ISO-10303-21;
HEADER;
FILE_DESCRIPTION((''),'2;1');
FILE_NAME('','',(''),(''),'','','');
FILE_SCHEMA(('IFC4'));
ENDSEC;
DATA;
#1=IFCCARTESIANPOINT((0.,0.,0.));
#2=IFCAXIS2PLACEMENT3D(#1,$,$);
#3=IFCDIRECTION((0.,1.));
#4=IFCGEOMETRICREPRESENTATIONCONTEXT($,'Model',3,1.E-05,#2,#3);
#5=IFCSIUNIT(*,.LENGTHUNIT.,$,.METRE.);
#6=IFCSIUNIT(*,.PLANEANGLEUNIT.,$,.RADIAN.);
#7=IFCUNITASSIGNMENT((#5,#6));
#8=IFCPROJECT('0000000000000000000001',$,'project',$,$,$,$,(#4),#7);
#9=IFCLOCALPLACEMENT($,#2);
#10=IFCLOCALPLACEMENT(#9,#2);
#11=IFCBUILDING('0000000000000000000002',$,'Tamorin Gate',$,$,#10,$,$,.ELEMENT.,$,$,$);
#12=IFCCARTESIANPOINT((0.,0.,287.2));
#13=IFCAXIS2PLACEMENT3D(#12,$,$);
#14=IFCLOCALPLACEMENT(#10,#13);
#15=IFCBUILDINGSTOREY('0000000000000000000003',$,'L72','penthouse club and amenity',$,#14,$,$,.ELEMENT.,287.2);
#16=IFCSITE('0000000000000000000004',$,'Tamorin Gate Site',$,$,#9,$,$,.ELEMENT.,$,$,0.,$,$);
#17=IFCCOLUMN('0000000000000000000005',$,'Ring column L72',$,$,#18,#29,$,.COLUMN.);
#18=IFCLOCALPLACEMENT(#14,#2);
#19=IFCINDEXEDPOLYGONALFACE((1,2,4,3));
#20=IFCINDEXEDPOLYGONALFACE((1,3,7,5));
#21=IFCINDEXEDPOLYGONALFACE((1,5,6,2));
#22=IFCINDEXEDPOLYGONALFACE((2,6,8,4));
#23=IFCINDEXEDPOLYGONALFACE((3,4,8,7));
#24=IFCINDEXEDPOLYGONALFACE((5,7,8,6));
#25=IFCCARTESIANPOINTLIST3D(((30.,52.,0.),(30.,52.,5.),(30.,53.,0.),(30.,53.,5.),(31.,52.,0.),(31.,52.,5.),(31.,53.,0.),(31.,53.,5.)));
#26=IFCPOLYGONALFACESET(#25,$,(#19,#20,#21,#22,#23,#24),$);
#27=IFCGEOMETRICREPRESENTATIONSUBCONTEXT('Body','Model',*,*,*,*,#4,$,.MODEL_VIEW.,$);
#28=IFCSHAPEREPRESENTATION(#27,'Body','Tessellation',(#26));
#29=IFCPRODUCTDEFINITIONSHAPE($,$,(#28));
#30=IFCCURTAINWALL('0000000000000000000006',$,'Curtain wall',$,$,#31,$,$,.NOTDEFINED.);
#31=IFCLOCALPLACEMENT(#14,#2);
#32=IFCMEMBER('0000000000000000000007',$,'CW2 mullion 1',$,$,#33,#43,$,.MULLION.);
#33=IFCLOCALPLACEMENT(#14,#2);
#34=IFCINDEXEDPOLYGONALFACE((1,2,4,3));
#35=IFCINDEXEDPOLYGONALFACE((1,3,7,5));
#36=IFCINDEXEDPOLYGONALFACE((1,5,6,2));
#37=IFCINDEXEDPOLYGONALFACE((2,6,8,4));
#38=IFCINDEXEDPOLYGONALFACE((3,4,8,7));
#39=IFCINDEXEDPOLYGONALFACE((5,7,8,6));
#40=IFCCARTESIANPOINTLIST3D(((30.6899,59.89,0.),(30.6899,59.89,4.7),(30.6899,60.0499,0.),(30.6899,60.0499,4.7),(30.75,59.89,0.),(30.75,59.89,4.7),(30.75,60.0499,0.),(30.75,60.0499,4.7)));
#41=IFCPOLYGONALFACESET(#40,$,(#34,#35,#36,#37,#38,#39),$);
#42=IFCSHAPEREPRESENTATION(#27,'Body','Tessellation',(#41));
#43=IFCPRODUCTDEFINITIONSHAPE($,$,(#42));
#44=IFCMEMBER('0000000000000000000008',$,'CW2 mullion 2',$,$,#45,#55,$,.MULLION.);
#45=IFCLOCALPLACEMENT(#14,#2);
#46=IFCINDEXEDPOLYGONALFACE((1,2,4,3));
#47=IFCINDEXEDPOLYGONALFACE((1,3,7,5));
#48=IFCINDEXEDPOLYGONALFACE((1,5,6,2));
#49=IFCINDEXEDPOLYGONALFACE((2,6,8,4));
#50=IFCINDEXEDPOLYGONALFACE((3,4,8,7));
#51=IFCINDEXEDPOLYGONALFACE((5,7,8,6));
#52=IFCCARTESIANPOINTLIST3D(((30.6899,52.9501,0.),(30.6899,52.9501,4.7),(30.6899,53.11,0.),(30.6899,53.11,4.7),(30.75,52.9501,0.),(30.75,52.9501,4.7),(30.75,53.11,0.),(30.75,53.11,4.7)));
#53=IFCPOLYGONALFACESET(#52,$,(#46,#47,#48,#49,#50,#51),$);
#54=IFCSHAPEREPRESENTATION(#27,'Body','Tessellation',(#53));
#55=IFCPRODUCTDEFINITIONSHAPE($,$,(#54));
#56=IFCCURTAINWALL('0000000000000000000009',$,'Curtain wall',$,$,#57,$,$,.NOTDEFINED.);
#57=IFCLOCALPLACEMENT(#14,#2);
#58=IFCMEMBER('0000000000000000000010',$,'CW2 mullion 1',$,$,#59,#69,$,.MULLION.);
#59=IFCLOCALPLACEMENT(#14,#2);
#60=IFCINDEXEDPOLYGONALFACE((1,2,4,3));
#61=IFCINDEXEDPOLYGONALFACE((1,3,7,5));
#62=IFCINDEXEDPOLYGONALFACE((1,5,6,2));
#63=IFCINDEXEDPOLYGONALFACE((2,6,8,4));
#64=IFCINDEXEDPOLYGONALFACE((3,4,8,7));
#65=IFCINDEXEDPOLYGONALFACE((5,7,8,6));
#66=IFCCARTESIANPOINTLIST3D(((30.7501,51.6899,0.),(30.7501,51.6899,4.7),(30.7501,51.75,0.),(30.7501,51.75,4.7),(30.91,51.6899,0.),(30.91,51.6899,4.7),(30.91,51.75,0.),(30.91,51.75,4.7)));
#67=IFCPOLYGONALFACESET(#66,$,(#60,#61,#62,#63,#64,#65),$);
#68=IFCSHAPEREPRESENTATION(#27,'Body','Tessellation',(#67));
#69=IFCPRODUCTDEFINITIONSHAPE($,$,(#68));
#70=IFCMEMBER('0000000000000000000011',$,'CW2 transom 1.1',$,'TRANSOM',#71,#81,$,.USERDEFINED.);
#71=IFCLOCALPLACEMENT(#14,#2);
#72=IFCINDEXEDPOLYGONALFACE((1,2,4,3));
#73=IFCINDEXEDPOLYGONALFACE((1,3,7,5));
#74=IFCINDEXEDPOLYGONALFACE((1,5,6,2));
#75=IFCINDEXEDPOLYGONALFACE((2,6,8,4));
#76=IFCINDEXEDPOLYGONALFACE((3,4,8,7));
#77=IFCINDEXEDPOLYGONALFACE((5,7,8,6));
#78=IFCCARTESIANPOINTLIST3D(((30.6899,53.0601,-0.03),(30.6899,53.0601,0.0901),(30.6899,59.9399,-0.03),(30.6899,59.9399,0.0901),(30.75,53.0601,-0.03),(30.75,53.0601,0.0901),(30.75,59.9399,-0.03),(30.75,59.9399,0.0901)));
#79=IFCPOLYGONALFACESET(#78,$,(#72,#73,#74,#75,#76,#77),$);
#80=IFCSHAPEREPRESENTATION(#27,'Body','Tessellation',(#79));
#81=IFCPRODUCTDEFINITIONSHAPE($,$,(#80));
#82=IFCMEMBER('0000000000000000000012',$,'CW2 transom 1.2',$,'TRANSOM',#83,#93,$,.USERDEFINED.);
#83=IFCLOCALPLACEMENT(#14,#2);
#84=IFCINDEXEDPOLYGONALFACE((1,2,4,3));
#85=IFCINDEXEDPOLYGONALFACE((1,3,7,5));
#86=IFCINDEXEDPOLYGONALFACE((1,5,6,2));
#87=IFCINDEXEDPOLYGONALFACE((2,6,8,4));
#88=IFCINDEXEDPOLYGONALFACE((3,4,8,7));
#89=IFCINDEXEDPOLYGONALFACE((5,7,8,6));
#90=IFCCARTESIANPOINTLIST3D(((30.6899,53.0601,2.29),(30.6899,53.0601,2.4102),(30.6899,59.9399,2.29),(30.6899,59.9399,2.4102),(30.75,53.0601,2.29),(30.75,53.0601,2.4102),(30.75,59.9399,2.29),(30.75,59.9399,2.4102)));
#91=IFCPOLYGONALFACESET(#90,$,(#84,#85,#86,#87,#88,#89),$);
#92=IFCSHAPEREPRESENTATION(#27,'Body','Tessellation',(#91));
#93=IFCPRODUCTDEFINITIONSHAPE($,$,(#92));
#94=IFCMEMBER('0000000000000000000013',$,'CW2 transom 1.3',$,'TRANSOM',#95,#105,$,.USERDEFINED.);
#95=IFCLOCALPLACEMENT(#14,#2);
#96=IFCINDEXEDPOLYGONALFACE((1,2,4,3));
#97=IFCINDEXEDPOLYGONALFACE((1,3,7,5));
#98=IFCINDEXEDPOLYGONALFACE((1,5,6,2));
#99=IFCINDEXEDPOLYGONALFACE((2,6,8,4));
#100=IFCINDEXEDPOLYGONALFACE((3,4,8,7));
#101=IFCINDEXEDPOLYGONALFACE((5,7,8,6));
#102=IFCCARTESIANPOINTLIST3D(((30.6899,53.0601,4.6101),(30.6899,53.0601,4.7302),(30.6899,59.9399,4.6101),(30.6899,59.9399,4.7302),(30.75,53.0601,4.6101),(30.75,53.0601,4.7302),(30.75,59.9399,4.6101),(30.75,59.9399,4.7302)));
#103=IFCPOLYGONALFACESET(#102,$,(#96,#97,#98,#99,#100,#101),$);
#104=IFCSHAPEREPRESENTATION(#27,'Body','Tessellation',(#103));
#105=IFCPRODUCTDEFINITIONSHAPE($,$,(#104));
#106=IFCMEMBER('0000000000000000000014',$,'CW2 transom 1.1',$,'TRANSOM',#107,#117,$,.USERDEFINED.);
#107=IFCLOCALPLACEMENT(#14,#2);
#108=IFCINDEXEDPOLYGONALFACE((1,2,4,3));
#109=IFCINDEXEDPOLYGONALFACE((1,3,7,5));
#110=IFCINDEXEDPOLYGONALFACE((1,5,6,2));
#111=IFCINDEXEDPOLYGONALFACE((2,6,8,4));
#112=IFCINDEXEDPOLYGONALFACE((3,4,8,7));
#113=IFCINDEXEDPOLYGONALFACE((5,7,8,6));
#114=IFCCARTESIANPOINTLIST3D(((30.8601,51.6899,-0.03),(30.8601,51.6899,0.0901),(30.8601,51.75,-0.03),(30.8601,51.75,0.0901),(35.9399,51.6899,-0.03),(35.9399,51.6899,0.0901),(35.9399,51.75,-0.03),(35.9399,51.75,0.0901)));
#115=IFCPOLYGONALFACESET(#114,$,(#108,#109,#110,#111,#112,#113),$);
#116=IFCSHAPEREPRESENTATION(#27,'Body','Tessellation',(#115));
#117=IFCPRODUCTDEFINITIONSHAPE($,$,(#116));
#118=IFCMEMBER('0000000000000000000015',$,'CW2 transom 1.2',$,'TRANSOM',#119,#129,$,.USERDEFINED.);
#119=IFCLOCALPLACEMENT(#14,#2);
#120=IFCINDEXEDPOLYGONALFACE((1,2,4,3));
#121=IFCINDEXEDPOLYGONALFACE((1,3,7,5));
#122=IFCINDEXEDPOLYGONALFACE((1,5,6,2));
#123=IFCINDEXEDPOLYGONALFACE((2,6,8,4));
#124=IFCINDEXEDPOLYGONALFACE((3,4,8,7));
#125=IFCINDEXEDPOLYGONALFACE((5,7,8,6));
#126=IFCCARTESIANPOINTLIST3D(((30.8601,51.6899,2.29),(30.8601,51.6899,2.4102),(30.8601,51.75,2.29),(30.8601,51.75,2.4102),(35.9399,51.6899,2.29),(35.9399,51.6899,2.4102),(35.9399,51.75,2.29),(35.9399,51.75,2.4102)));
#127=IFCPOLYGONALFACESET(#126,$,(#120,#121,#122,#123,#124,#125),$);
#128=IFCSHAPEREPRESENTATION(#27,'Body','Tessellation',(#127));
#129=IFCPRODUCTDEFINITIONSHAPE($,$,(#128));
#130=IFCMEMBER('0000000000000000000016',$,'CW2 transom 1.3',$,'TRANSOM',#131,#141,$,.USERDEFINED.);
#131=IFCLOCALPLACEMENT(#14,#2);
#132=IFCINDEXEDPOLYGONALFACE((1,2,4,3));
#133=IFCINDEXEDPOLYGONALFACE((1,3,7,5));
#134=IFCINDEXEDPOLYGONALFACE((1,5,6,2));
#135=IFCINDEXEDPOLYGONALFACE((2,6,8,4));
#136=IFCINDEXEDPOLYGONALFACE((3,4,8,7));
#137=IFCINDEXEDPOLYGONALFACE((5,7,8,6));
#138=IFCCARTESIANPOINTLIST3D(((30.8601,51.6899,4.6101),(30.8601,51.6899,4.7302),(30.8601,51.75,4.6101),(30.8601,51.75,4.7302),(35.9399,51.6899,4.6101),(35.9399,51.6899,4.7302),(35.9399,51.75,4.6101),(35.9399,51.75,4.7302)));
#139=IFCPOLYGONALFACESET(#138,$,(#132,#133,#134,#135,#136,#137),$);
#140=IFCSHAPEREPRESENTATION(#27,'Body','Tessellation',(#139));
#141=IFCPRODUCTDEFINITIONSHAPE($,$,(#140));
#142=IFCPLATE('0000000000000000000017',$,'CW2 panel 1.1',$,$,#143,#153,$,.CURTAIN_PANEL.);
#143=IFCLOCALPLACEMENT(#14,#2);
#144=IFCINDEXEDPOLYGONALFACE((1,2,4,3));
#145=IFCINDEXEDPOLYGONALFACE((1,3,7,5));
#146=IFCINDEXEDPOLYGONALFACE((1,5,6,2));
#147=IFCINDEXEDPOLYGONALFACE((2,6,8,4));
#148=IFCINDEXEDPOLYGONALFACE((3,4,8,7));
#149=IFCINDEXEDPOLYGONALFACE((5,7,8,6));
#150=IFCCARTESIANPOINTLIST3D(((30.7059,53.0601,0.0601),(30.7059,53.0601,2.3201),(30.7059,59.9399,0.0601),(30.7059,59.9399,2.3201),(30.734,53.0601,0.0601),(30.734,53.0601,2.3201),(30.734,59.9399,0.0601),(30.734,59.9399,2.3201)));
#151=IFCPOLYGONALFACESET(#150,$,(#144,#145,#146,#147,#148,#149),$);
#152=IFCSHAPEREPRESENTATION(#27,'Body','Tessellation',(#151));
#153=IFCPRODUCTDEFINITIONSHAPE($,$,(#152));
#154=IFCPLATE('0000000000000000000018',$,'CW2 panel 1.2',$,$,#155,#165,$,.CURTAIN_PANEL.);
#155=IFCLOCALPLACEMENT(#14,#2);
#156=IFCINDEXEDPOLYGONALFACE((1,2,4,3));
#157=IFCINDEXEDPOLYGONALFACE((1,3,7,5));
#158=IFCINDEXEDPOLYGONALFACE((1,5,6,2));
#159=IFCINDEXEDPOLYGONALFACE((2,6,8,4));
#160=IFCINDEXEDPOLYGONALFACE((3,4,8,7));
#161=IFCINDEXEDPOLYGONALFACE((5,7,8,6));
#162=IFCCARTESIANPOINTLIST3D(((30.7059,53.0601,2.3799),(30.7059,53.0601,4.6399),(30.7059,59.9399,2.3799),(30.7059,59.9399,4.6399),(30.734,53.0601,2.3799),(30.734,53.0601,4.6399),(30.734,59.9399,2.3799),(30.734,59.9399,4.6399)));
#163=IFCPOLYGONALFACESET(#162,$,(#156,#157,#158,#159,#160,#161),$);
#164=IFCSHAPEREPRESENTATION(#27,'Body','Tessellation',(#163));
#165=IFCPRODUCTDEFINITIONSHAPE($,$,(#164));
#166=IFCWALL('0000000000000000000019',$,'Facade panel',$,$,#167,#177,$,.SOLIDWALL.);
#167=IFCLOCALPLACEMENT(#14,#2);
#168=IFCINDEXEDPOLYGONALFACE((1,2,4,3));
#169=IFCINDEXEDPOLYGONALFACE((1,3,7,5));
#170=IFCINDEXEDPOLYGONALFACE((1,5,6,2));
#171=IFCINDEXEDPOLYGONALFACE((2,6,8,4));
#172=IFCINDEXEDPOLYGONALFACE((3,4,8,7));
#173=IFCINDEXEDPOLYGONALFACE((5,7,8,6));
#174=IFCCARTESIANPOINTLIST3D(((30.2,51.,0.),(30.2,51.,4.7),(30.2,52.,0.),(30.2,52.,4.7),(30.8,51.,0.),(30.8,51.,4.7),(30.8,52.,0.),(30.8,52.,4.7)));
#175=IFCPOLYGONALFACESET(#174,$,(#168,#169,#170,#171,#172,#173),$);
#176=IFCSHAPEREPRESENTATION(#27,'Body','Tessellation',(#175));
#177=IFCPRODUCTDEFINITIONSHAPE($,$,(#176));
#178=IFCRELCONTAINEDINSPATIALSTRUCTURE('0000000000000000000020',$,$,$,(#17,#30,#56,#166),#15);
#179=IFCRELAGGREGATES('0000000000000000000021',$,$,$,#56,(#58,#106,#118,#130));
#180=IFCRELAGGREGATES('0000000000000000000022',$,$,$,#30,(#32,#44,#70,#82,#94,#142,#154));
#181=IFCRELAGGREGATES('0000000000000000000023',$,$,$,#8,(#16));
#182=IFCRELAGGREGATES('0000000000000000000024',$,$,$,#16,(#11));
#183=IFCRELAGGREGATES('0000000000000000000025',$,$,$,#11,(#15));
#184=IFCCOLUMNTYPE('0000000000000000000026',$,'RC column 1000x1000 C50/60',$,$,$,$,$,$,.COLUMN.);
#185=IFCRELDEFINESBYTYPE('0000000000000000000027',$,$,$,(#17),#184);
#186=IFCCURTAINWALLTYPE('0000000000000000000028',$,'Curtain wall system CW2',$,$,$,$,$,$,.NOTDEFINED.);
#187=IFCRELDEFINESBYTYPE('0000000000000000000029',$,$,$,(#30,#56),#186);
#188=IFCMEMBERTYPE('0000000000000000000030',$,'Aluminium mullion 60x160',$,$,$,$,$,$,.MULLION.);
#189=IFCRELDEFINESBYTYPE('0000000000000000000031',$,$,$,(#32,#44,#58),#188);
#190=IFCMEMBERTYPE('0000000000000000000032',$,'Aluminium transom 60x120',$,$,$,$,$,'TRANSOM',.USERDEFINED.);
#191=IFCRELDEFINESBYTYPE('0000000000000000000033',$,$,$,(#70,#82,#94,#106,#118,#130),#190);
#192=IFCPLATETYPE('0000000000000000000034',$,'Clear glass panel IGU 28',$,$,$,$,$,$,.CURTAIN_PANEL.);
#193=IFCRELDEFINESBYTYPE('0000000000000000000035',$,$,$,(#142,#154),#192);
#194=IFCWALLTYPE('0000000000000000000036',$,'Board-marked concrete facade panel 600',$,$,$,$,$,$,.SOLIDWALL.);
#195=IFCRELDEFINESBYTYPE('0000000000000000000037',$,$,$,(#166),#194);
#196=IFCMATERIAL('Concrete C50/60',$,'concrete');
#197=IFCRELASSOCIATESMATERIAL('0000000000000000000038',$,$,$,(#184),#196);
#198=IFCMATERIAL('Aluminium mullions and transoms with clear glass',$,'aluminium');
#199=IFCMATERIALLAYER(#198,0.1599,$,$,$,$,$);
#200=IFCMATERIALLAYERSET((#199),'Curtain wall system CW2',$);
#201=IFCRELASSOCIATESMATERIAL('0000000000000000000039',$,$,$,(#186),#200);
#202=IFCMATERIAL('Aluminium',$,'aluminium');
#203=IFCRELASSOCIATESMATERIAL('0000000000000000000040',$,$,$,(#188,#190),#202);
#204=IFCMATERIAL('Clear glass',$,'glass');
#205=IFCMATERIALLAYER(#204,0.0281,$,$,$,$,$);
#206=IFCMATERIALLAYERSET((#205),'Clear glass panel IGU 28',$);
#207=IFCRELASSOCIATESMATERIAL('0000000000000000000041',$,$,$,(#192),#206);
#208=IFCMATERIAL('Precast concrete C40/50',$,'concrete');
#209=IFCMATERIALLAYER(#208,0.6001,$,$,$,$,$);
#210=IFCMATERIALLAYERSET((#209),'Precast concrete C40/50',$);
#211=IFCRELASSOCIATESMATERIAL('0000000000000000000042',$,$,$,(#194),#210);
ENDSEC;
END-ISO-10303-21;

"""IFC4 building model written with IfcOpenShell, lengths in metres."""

from ifc_helpers import new_model, si_unit, direction, frame, frame_2d, origin, origin_2d, place, context, subcontext, project, spatial, rectangle, extrude, material, layer, layer_set, material_profile, profile_set, type_object, element, aggregate, save


model = new_model("IFC4")

# Units and contexts
model_context = context("Model", 3, precision=1e-05, world=origin(), true_north=direction((0.0, 1.0)))
body_context = subcontext(model_context, "Body", "Model", "MODEL_VIEW")
ifc_project = project(units=[si_unit("LENGTHUNIT", "METRE"), si_unit("PLANEANGLEUNIT", "RADIAN")], contexts=[model_context])

# Site, building, storey
site_placement = place(None, origin())
site = spatial("IfcSite", under=ifc_project, at=site_placement, Name="Tamorin Gate Site", CompositionType="ELEMENT", RefElevation=0.0)
building_placement = place(site_placement, origin())
building = spatial("IfcBuilding", under=site, at=building_placement, Name="Tamorin Gate", CompositionType="ELEMENT")
storey_placement = place(building_placement, frame((0.0, 0.0, 287.2)))
storey = spatial("IfcBuildingStorey", under=building, at=storey_placement, Name="L72", Description="penthouse club and amenity", CompositionType="ELEMENT", Elevation=287.2)

# Column
ifc_material_1 = material(Name="Concrete C50/60", Category="concrete")
ifc_material_profile_1 = material_profile(ifc_material_1, rectangle(XDim=1.0, YDim=1.0, at=origin_2d()), Name="RC 1000x1000")
ifc_profile_set_1 = profile_set([ifc_material_profile_1], Name="Concrete C50/60")
column_type = type_object("IfcColumnType", Name="RC column 1000x1000 C50/60", PredefinedType="COLUMN", material=ifc_profile_set_1)
column_placement = place(storey_placement, frame((30.5, 52.5, 0.0), z_axis=(0.0, 0.0, 1.0), x_axis=(1.0, 0.0, 0.0)))
element("IfcColumn", 1, at=column_placement, inside=storey, type_object=column_type, Name="Ring column L72", PredefinedType="COLUMN", context=body_context, shape_type="SweptSolid", body=[
    extrude(rectangle(XDim=1.0, YDim=1.0, at=origin_2d()), origin(), (0.0, 0.0, 1.0), 5.0),
])

# Curtain wall, members
ifc_material_2 = material(Name="Aluminium mullions and transoms with clear glass", Category="aluminium")
ifc_layer_1 = layer(ifc_material_2, 0.1599)
ifc_layer_set_1 = layer_set([ifc_layer_1], Name="Curtain wall system CW2")
curtain_wall_type = type_object("IfcCurtainWallType", Name="Curtain wall system CW2", PredefinedType="NOTDEFINED", material=ifc_layer_set_1)
curtain_wall_1_placement = place(storey_placement, origin())
curtain_wall_1 = element("IfcCurtainWall", 2, at=curtain_wall_1_placement, inside=storey, type_object=curtain_wall_type, Name="Curtain wall", PredefinedType="NOTDEFINED")
ifc_material_3 = material(Name="Aluminium", Category="aluminium")
ifc_material_profile_2 = material_profile(ifc_material_3, rectangle(XDim=0.0601, YDim=0.1599, at=origin_2d()), Name="RECT 60x160")
ifc_profile_set_2 = profile_set([ifc_material_profile_2], Name="Aluminium")
member_type_1 = type_object("IfcMemberType", Name="Aluminium mullion 60x160", PredefinedType="MULLION", material=ifc_profile_set_2)
member_1_placement = place(storey_placement, frame((30.72, 59.97, 0.0), z_axis=(0.0, 0.0, 1.0), x_axis=(1.0, 0.0, 0.0)))
member_1 = element("IfcMember", 3, at=member_1_placement, type_object=member_type_1, Name="CW2 mullion 1", PredefinedType="MULLION", context=body_context, shape_type="SweptSolid", body=[
    extrude(rectangle(XDim=0.0601, YDim=0.1599, at=origin_2d()), origin(), (0.0, 0.0, 1.0), 4.7),
])
member_2_placement = place(storey_placement, frame((30.72, 53.03, 0.0), z_axis=(0.0, 0.0, 1.0), x_axis=(1.0, 0.0, 0.0)))
member_2 = element("IfcMember", 4, at=member_2_placement, type_object=member_type_1, Name="CW2 mullion 2", PredefinedType="MULLION", context=body_context, shape_type="SweptSolid", body=[
    extrude(rectangle(XDim=0.0601, YDim=0.1599, at=origin_2d()), origin(), (0.0, 0.0, 1.0), 4.7),
])

# Curtain wall, member
curtain_wall_2_placement = place(storey_placement, origin())
curtain_wall_2 = element("IfcCurtainWall", 5, at=curtain_wall_2_placement, inside=storey, type_object=curtain_wall_type, Name="Curtain wall", PredefinedType="NOTDEFINED")
member_3_placement = place(storey_placement, frame((30.8301, 51.72, 0.0), z_axis=(0.0, 0.0, 1.0), x_axis=(0.0, 1.0, 0.0)))
member_3 = element("IfcMember", 6, at=member_3_placement, type_object=member_type_1, Name="CW2 mullion 1", PredefinedType="MULLION", context=body_context, shape_type="SweptSolid", body=[
    extrude(rectangle(XDim=0.0601, YDim=0.1599, at=origin_2d()), origin(), (0.0, 0.0, 1.0), 4.7),
])

# Members
ifc_material_profile_3 = material_profile(ifc_material_3, rectangle(XDim=0.0601, YDim=0.1201, at=origin_2d()), Name="RECT 60x120")
ifc_profile_set_3 = profile_set([ifc_material_profile_3], Name="Aluminium")
member_type_2 = type_object("IfcMemberType", Name="Aluminium transom 60x120", ElementType="TRANSOM", PredefinedType="USERDEFINED", material=ifc_profile_set_3)
member_4_placement = place(storey_placement, frame((30.72, 59.9399, 0.03), z_axis=(0.0, -1.0, 0.0), x_axis=(1.0, 0.0, 0.0)))
member_4 = element("IfcMember", 7, at=member_4_placement, type_object=member_type_2, Name="CW2 transom 1.1", ObjectType="TRANSOM", PredefinedType="USERDEFINED", context=body_context, shape_type="SweptSolid", body=[
    extrude(rectangle(XDim=0.0601, YDim=0.1201, at=origin_2d()), origin(), (0.0, 0.0, 1.0), 6.8799),
])
member_5_placement = place(storey_placement, frame((30.72, 59.9399, 2.3501), z_axis=(0.0, -1.0, 0.0), x_axis=(1.0, 0.0, 0.0)))
member_5 = element("IfcMember", 8, at=member_5_placement, type_object=member_type_2, Name="CW2 transom 1.2", ObjectType="TRANSOM", PredefinedType="USERDEFINED", context=body_context, shape_type="SweptSolid", body=[
    extrude(rectangle(XDim=0.0601, YDim=0.1201, at=origin_2d()), origin(), (0.0, 0.0, 1.0), 6.8799),
])
member_6_placement = place(storey_placement, frame((30.72, 59.9399, 4.6702), z_axis=(0.0, -1.0, 0.0), x_axis=(1.0, 0.0, 0.0)))
member_6 = element("IfcMember", 9, at=member_6_placement, type_object=member_type_2, Name="CW2 transom 1.3", ObjectType="TRANSOM", PredefinedType="USERDEFINED", context=body_context, shape_type="SweptSolid", body=[
    extrude(rectangle(XDim=0.0601, YDim=0.1201, at=origin_2d()), origin(), (0.0, 0.0, 1.0), 6.8799),
])
member_7_placement = place(storey_placement, frame((30.8601, 51.72, 0.03), z_axis=(1.0, 0.0, 0.0), x_axis=(0.0, 1.0, 0.0)))
member_7 = element("IfcMember", 10, at=member_7_placement, type_object=member_type_2, Name="CW2 transom 1.1", ObjectType="TRANSOM", PredefinedType="USERDEFINED", context=body_context, shape_type="SweptSolid", body=[
    extrude(rectangle(XDim=0.0601, YDim=0.1201, at=origin_2d()), origin(), (0.0, 0.0, 1.0), 5.0798),
])
member_8_placement = place(storey_placement, frame((30.8601, 51.72, 2.3501), z_axis=(1.0, 0.0, 0.0), x_axis=(0.0, 1.0, 0.0)))
member_8 = element("IfcMember", 11, at=member_8_placement, type_object=member_type_2, Name="CW2 transom 1.2", ObjectType="TRANSOM", PredefinedType="USERDEFINED", context=body_context, shape_type="SweptSolid", body=[
    extrude(rectangle(XDim=0.0601, YDim=0.1201, at=origin_2d()), origin(), (0.0, 0.0, 1.0), 5.0798),
])
member_9_placement = place(storey_placement, frame((30.8601, 51.72, 4.6702), z_axis=(1.0, 0.0, 0.0), x_axis=(0.0, 1.0, 0.0)))
member_9 = element("IfcMember", 12, at=member_9_placement, type_object=member_type_2, Name="CW2 transom 1.3", ObjectType="TRANSOM", PredefinedType="USERDEFINED", context=body_context, shape_type="SweptSolid", body=[
    extrude(rectangle(XDim=0.0601, YDim=0.1201, at=origin_2d()), origin(), (0.0, 0.0, 1.0), 5.0798),
])
aggregate(curtain_wall_2, [member_3, member_7, member_8, member_9])

# Plates
ifc_material_4 = material(Name="Clear glass", Category="glass")
ifc_layer_2 = layer(ifc_material_4, 0.0281)
ifc_layer_set_2 = layer_set([ifc_layer_2], Name="Clear glass panel IGU 28")
plate_type = type_object("IfcPlateType", Name="Clear glass panel IGU 28", PredefinedType="CURTAIN_PANEL", material=ifc_layer_set_2)
plate_1_placement = place(storey_placement, frame((30.72, 56.5, 0.0601), z_axis=(0.0, 0.0, 1.0), x_axis=(0.0, -1.0, 0.0)))
plate_1 = element("IfcPlate", 13, at=plate_1_placement, type_object=plate_type, Name="CW2 panel 1.1", PredefinedType="CURTAIN_PANEL", context=body_context, shape_type="SweptSolid", body=[
    extrude(rectangle(XDim=6.8799, YDim=0.0281, at=origin_2d()), origin(), (0.0, 0.0, 1.0), 2.26),
])
plate_2_placement = place(storey_placement, frame((30.72, 56.5, 2.3799), z_axis=(0.0, 0.0, 1.0), x_axis=(0.0, -1.0, 0.0)))
plate_2 = element("IfcPlate", 14, at=plate_2_placement, type_object=plate_type, Name="CW2 panel 1.2", PredefinedType="CURTAIN_PANEL", context=body_context, shape_type="SweptSolid", body=[
    extrude(rectangle(XDim=6.8799, YDim=0.0281, at=origin_2d()), origin(), (0.0, 0.0, 1.0), 2.26),
])
aggregate(curtain_wall_1, [member_1, member_2, member_4, member_5, member_6, plate_1, plate_2])

# Wall
ifc_material_5 = material(Name="Precast concrete C40/50", Category="concrete")
ifc_layer_3 = layer(ifc_material_5, 0.6001)
ifc_layer_set_3 = layer_set([ifc_layer_3], Name="Precast concrete C40/50")
wall_type_1 = type_object("IfcWallType", Name="Board-marked concrete facade panel 600", PredefinedType="SOLIDWALL", material=ifc_layer_set_3)
wall_1_placement = place(storey_placement, frame((30.5, 52.0, 0.0), z_axis=(0.0, 0.0, 1.0), x_axis=(0.0, -1.0, 0.0)))
element("IfcWall", 15, at=wall_1_placement, inside=storey, type_object=wall_type_1, Name="Facade panel", PredefinedType="SOLIDWALL", context=body_context, shape_type="SweptSolid", body=[
    extrude(rectangle(XDim=1.0, YDim=0.6001, at=frame_2d((0.5, 0.0))), origin(), (0.0, 0.0, 1.0), 4.7),
])

save(model, "model.ifc")
